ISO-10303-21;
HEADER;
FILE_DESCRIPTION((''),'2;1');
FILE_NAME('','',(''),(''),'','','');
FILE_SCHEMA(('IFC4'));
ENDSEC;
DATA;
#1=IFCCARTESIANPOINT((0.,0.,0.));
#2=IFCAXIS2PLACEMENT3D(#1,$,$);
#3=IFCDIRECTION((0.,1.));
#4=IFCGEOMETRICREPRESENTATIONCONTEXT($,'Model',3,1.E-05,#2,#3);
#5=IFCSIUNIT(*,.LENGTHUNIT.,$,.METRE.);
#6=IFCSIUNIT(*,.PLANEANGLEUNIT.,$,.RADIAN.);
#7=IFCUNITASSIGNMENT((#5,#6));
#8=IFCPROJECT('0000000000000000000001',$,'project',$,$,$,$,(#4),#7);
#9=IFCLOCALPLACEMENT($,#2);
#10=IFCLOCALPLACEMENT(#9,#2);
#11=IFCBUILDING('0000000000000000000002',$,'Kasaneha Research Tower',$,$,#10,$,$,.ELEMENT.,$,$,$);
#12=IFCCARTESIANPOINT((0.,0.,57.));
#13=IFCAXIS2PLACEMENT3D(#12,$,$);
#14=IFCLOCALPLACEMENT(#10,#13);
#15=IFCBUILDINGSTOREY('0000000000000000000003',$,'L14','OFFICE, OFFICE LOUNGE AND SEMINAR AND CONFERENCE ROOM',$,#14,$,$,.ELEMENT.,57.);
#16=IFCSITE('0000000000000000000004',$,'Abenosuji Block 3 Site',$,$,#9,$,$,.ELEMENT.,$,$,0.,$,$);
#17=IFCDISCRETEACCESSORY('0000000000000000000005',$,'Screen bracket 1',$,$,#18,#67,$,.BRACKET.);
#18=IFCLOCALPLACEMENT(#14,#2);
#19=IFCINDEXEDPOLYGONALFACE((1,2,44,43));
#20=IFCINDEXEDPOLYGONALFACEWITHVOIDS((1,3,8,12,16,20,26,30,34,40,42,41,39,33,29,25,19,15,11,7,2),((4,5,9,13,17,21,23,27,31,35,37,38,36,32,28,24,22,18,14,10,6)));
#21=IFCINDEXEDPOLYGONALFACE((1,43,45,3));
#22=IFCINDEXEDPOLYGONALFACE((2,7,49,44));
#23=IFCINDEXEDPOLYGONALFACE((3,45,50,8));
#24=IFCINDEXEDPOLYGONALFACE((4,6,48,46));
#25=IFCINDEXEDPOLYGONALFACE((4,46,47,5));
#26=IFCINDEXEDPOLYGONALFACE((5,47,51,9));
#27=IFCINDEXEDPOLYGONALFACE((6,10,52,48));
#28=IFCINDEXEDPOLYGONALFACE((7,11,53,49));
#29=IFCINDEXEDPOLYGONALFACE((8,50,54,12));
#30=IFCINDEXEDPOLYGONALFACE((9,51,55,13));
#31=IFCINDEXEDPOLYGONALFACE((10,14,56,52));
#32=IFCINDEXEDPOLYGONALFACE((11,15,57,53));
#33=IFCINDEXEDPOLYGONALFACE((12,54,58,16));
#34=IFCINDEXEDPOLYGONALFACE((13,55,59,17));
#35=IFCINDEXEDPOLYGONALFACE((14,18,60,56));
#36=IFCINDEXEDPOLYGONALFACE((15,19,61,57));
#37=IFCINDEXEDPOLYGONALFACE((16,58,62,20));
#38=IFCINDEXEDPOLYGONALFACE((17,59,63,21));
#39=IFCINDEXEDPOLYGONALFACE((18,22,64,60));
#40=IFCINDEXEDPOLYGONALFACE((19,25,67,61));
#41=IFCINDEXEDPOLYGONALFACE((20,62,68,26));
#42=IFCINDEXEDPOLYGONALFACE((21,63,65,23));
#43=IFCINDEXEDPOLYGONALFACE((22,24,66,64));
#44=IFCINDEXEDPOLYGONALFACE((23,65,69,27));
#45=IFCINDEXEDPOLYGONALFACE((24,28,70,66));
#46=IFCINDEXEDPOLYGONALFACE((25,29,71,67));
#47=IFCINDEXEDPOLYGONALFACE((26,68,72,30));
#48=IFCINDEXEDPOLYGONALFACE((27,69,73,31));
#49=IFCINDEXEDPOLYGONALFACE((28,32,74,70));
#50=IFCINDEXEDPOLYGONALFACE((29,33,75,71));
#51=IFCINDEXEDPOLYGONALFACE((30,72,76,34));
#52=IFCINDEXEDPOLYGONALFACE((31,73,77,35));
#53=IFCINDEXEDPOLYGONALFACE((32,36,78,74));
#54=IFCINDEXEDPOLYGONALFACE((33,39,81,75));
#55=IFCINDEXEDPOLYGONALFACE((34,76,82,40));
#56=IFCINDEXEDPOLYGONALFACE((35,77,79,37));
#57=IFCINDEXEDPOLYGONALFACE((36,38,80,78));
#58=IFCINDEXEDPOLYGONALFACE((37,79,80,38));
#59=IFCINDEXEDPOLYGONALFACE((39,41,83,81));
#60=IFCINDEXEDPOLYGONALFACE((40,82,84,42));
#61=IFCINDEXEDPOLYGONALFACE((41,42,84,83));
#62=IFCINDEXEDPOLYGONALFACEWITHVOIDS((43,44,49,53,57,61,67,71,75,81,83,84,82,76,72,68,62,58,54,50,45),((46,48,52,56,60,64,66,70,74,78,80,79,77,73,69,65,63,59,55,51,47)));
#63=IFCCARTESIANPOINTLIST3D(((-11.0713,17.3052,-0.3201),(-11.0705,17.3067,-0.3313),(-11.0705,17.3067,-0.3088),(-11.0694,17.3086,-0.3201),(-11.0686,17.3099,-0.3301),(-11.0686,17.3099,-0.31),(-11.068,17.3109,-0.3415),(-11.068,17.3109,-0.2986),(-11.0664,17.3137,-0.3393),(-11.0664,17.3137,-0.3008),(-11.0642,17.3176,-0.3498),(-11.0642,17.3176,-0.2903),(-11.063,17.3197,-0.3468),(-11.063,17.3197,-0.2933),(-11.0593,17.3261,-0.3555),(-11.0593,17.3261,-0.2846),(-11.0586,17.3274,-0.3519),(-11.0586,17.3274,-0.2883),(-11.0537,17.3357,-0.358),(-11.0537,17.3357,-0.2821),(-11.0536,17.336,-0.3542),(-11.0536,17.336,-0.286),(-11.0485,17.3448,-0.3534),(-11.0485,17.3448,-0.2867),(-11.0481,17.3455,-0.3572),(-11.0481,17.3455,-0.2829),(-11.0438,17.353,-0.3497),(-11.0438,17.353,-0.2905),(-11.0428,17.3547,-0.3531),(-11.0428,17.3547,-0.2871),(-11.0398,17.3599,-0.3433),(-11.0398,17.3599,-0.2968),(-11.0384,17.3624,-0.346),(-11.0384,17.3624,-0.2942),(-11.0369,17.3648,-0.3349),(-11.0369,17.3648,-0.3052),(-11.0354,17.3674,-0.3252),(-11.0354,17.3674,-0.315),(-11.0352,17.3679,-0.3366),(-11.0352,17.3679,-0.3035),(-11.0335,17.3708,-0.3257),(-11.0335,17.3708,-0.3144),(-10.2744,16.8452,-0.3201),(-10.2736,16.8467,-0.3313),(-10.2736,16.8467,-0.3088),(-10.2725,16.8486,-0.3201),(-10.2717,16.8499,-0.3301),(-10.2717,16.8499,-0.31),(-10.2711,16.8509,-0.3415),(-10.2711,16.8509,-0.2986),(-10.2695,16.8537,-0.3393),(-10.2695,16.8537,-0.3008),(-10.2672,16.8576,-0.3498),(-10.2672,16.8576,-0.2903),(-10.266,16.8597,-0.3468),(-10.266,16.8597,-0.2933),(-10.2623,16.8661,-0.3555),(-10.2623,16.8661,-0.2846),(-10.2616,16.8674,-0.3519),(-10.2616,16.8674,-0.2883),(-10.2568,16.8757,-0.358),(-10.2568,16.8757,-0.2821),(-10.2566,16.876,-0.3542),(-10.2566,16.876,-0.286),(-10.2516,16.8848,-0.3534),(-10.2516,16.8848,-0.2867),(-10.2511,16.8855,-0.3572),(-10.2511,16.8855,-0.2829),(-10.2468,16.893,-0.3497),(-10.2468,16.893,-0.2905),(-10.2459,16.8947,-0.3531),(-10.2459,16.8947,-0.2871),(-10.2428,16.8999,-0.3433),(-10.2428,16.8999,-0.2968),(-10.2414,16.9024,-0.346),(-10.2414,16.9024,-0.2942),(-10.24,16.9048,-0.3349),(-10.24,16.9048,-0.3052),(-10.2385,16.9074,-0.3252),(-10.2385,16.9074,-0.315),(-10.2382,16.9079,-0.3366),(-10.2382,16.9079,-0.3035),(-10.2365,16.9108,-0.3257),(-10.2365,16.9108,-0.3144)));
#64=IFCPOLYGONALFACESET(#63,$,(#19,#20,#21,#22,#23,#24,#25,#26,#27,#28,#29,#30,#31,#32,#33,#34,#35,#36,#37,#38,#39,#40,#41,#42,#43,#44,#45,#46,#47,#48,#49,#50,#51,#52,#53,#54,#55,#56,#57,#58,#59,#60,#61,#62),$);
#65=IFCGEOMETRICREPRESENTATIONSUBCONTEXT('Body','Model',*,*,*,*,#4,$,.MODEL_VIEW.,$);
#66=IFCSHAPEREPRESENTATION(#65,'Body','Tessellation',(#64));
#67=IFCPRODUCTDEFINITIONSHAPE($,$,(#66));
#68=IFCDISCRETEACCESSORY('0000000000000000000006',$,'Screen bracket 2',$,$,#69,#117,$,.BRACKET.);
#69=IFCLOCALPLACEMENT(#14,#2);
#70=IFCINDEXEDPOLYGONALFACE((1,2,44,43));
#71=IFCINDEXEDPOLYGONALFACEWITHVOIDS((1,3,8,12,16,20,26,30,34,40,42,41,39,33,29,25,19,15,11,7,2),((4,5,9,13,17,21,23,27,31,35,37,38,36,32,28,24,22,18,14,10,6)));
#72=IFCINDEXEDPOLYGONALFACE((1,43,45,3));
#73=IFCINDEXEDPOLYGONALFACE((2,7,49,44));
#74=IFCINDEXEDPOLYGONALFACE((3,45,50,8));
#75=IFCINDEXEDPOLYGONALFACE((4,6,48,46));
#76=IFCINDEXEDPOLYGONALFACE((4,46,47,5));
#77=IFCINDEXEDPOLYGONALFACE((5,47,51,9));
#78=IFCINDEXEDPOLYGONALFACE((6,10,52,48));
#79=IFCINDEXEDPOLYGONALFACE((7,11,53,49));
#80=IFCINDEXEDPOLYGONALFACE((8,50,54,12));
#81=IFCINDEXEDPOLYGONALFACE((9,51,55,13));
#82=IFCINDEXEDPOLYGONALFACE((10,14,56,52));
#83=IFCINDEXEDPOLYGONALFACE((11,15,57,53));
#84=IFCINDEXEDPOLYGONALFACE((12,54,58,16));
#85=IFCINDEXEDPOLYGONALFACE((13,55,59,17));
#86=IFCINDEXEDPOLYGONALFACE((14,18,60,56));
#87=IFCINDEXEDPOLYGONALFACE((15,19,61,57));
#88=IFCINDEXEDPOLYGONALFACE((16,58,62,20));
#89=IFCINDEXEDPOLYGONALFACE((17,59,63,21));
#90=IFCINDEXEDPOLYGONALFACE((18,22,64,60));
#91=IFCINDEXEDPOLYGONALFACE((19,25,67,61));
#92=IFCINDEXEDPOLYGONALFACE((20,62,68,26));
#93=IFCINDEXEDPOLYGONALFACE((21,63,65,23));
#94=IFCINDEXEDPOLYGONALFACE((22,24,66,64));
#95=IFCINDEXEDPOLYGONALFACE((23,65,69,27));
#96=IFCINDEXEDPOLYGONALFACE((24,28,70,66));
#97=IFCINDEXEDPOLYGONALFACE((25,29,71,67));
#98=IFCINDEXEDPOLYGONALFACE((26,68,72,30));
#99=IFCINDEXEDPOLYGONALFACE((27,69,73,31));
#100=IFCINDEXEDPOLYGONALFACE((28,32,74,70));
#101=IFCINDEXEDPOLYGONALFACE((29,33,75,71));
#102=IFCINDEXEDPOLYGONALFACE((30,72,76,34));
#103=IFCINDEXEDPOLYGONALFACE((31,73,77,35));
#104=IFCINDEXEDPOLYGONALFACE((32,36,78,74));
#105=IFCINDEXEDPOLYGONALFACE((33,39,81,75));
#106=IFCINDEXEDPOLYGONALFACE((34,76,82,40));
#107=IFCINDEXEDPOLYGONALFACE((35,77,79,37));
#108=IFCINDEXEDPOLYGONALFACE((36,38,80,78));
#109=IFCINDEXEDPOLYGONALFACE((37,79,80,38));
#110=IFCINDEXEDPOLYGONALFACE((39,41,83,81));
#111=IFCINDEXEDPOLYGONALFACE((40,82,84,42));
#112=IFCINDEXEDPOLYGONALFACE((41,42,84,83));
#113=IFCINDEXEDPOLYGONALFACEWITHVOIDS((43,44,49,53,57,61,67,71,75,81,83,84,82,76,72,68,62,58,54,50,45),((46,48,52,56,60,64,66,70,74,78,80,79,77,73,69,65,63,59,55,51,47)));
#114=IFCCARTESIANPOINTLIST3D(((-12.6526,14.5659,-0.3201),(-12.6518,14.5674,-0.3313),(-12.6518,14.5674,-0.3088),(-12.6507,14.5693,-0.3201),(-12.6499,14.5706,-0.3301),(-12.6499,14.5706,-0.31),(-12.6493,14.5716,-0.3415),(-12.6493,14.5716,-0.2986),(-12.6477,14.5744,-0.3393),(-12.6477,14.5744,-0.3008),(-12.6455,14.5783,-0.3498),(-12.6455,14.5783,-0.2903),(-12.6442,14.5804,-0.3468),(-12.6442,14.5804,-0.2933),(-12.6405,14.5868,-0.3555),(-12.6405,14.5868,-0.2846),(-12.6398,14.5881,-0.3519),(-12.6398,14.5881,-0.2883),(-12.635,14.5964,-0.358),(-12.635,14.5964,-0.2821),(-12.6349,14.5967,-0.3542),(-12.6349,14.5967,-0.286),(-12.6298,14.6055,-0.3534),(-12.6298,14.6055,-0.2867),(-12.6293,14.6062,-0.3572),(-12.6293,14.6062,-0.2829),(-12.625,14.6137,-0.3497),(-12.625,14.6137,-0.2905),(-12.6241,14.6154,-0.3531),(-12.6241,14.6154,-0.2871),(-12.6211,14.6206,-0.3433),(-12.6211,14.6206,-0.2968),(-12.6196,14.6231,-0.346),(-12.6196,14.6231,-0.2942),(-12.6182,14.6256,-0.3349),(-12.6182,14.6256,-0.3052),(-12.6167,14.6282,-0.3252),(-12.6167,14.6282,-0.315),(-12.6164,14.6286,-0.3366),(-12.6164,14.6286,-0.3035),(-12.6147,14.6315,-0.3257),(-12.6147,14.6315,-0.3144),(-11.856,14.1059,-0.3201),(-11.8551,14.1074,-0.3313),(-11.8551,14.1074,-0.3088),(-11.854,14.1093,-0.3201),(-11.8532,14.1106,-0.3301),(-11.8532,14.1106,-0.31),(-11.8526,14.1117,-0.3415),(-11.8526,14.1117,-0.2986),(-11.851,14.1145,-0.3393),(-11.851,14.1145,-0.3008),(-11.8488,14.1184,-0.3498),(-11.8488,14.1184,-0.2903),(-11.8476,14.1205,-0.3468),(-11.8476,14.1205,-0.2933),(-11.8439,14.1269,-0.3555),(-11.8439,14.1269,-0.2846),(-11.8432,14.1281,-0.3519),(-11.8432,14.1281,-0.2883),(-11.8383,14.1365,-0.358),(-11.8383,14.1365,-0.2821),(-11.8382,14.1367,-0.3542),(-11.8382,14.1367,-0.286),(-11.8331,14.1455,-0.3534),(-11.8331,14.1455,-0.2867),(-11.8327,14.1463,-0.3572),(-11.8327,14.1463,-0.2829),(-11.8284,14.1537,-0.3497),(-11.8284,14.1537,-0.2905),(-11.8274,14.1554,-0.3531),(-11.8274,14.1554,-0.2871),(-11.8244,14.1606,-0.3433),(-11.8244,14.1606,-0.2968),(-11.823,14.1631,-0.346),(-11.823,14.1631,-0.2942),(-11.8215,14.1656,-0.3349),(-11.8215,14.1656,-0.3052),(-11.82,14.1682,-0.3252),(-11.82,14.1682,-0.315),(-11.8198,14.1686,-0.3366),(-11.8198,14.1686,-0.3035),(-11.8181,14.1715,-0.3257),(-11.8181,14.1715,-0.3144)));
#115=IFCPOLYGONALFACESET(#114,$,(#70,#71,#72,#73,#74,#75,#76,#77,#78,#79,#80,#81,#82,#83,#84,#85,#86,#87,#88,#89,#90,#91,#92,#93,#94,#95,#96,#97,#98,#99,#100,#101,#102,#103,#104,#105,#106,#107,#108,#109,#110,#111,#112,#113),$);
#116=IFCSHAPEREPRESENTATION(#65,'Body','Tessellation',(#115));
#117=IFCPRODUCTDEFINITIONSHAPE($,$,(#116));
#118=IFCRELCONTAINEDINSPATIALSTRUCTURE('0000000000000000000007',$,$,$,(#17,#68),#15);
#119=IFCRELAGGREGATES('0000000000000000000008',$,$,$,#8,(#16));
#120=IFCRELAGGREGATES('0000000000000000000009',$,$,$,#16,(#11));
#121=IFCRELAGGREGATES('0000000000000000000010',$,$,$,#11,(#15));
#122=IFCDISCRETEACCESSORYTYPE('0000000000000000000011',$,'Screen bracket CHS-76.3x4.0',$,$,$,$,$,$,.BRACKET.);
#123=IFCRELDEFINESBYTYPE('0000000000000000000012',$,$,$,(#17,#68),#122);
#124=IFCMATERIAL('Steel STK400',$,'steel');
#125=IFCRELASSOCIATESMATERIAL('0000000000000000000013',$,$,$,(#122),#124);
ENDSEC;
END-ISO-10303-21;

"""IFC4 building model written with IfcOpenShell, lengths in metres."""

from ifc_helpers import new_model, si_unit, direction, frame, origin, origin_2d, place, context, subcontext, project, spatial, hollow_circle, extrude, material, material_profile, profile_set, type_object, element, save


model = new_model("IFC4")

# Units and contexts
model_context = context("Model", 3, precision=1e-05, world=origin(), true_north=direction((0.0, 1.0)))
body_context = subcontext(model_context, "Body", "Model", "MODEL_VIEW")
ifc_project = project(units=[si_unit("LENGTHUNIT", "METRE"), si_unit("PLANEANGLEUNIT", "RADIAN")], contexts=[model_context])

# Site, building, storey
site_placement = place(None, origin())
site = spatial("IfcSite", under=ifc_project, at=site_placement, Name="Abenosuji Block 3 Site", CompositionType="ELEMENT", RefElevation=0.0)
building_placement = place(site_placement, origin())
building = spatial("IfcBuilding", under=site, at=building_placement, Name="Kasaneha Research Tower", CompositionType="ELEMENT")
storey_placement = place(building_placement, frame((0.0, 0.0, 57.0)))
storey = spatial("IfcBuildingStorey", under=building, at=storey_placement, Name="L14", Description="OFFICE, OFFICE LOUNGE AND SEMINAR AND CONFERENCE ROOM", CompositionType="ELEMENT", Elevation=57.0)

# Discrete accessories
ifc_material_1 = material(Name="Steel STK400", Category="steel")
ifc_material_profile_1 = material_profile(ifc_material_1, hollow_circle(Radius=0.0381, WallThickness=0.0039, at=origin_2d()), Name="CHS-76.3x4.0")
ifc_profile_set_1 = profile_set([ifc_material_profile_1], Name="Steel STK400")
discrete_accessory_type = type_object("IfcDiscreteAccessoryType", Name="Screen bracket CHS-76.3x4.0", PredefinedType="BRACKET", material=ifc_profile_set_1)
discrete_accessory_1_placement = place(storey_placement, frame((-10.2554, 16.8782, -0.3201), z_axis=(-0.86608, 0.499906, 0.0), x_axis=(-0.499906, -0.86608, 0.0)))
element("IfcDiscreteAccessory", 1, at=discrete_accessory_1_placement, inside=storey, type_object=discrete_accessory_type, Name="Screen bracket 1", PredefinedType="BRACKET", context=body_context, shape_type="SweptSolid", body=[
    extrude(hollow_circle(Radius=0.0381, WallThickness=0.0039, at=origin_2d()), origin(), (0.0, 0.0, 1.0), 0.9202),
])
discrete_accessory_2_placement = place(storey_placement, frame((-11.8369, 14.1389, -0.3201), z_axis=(-0.866013, 0.500021, 0.0), x_axis=(-0.500021, -0.866013, 0.0)))
element("IfcDiscreteAccessory", 2, at=discrete_accessory_2_placement, inside=storey, type_object=discrete_accessory_type, Name="Screen bracket 2", PredefinedType="BRACKET", context=body_context, shape_type="SweptSolid", body=[
    extrude(hollow_circle(Radius=0.0381, WallThickness=0.0039, at=origin_2d()), origin(), (0.0, 0.0, 1.0), 0.9199),
])

save(model, "model.ifc")
